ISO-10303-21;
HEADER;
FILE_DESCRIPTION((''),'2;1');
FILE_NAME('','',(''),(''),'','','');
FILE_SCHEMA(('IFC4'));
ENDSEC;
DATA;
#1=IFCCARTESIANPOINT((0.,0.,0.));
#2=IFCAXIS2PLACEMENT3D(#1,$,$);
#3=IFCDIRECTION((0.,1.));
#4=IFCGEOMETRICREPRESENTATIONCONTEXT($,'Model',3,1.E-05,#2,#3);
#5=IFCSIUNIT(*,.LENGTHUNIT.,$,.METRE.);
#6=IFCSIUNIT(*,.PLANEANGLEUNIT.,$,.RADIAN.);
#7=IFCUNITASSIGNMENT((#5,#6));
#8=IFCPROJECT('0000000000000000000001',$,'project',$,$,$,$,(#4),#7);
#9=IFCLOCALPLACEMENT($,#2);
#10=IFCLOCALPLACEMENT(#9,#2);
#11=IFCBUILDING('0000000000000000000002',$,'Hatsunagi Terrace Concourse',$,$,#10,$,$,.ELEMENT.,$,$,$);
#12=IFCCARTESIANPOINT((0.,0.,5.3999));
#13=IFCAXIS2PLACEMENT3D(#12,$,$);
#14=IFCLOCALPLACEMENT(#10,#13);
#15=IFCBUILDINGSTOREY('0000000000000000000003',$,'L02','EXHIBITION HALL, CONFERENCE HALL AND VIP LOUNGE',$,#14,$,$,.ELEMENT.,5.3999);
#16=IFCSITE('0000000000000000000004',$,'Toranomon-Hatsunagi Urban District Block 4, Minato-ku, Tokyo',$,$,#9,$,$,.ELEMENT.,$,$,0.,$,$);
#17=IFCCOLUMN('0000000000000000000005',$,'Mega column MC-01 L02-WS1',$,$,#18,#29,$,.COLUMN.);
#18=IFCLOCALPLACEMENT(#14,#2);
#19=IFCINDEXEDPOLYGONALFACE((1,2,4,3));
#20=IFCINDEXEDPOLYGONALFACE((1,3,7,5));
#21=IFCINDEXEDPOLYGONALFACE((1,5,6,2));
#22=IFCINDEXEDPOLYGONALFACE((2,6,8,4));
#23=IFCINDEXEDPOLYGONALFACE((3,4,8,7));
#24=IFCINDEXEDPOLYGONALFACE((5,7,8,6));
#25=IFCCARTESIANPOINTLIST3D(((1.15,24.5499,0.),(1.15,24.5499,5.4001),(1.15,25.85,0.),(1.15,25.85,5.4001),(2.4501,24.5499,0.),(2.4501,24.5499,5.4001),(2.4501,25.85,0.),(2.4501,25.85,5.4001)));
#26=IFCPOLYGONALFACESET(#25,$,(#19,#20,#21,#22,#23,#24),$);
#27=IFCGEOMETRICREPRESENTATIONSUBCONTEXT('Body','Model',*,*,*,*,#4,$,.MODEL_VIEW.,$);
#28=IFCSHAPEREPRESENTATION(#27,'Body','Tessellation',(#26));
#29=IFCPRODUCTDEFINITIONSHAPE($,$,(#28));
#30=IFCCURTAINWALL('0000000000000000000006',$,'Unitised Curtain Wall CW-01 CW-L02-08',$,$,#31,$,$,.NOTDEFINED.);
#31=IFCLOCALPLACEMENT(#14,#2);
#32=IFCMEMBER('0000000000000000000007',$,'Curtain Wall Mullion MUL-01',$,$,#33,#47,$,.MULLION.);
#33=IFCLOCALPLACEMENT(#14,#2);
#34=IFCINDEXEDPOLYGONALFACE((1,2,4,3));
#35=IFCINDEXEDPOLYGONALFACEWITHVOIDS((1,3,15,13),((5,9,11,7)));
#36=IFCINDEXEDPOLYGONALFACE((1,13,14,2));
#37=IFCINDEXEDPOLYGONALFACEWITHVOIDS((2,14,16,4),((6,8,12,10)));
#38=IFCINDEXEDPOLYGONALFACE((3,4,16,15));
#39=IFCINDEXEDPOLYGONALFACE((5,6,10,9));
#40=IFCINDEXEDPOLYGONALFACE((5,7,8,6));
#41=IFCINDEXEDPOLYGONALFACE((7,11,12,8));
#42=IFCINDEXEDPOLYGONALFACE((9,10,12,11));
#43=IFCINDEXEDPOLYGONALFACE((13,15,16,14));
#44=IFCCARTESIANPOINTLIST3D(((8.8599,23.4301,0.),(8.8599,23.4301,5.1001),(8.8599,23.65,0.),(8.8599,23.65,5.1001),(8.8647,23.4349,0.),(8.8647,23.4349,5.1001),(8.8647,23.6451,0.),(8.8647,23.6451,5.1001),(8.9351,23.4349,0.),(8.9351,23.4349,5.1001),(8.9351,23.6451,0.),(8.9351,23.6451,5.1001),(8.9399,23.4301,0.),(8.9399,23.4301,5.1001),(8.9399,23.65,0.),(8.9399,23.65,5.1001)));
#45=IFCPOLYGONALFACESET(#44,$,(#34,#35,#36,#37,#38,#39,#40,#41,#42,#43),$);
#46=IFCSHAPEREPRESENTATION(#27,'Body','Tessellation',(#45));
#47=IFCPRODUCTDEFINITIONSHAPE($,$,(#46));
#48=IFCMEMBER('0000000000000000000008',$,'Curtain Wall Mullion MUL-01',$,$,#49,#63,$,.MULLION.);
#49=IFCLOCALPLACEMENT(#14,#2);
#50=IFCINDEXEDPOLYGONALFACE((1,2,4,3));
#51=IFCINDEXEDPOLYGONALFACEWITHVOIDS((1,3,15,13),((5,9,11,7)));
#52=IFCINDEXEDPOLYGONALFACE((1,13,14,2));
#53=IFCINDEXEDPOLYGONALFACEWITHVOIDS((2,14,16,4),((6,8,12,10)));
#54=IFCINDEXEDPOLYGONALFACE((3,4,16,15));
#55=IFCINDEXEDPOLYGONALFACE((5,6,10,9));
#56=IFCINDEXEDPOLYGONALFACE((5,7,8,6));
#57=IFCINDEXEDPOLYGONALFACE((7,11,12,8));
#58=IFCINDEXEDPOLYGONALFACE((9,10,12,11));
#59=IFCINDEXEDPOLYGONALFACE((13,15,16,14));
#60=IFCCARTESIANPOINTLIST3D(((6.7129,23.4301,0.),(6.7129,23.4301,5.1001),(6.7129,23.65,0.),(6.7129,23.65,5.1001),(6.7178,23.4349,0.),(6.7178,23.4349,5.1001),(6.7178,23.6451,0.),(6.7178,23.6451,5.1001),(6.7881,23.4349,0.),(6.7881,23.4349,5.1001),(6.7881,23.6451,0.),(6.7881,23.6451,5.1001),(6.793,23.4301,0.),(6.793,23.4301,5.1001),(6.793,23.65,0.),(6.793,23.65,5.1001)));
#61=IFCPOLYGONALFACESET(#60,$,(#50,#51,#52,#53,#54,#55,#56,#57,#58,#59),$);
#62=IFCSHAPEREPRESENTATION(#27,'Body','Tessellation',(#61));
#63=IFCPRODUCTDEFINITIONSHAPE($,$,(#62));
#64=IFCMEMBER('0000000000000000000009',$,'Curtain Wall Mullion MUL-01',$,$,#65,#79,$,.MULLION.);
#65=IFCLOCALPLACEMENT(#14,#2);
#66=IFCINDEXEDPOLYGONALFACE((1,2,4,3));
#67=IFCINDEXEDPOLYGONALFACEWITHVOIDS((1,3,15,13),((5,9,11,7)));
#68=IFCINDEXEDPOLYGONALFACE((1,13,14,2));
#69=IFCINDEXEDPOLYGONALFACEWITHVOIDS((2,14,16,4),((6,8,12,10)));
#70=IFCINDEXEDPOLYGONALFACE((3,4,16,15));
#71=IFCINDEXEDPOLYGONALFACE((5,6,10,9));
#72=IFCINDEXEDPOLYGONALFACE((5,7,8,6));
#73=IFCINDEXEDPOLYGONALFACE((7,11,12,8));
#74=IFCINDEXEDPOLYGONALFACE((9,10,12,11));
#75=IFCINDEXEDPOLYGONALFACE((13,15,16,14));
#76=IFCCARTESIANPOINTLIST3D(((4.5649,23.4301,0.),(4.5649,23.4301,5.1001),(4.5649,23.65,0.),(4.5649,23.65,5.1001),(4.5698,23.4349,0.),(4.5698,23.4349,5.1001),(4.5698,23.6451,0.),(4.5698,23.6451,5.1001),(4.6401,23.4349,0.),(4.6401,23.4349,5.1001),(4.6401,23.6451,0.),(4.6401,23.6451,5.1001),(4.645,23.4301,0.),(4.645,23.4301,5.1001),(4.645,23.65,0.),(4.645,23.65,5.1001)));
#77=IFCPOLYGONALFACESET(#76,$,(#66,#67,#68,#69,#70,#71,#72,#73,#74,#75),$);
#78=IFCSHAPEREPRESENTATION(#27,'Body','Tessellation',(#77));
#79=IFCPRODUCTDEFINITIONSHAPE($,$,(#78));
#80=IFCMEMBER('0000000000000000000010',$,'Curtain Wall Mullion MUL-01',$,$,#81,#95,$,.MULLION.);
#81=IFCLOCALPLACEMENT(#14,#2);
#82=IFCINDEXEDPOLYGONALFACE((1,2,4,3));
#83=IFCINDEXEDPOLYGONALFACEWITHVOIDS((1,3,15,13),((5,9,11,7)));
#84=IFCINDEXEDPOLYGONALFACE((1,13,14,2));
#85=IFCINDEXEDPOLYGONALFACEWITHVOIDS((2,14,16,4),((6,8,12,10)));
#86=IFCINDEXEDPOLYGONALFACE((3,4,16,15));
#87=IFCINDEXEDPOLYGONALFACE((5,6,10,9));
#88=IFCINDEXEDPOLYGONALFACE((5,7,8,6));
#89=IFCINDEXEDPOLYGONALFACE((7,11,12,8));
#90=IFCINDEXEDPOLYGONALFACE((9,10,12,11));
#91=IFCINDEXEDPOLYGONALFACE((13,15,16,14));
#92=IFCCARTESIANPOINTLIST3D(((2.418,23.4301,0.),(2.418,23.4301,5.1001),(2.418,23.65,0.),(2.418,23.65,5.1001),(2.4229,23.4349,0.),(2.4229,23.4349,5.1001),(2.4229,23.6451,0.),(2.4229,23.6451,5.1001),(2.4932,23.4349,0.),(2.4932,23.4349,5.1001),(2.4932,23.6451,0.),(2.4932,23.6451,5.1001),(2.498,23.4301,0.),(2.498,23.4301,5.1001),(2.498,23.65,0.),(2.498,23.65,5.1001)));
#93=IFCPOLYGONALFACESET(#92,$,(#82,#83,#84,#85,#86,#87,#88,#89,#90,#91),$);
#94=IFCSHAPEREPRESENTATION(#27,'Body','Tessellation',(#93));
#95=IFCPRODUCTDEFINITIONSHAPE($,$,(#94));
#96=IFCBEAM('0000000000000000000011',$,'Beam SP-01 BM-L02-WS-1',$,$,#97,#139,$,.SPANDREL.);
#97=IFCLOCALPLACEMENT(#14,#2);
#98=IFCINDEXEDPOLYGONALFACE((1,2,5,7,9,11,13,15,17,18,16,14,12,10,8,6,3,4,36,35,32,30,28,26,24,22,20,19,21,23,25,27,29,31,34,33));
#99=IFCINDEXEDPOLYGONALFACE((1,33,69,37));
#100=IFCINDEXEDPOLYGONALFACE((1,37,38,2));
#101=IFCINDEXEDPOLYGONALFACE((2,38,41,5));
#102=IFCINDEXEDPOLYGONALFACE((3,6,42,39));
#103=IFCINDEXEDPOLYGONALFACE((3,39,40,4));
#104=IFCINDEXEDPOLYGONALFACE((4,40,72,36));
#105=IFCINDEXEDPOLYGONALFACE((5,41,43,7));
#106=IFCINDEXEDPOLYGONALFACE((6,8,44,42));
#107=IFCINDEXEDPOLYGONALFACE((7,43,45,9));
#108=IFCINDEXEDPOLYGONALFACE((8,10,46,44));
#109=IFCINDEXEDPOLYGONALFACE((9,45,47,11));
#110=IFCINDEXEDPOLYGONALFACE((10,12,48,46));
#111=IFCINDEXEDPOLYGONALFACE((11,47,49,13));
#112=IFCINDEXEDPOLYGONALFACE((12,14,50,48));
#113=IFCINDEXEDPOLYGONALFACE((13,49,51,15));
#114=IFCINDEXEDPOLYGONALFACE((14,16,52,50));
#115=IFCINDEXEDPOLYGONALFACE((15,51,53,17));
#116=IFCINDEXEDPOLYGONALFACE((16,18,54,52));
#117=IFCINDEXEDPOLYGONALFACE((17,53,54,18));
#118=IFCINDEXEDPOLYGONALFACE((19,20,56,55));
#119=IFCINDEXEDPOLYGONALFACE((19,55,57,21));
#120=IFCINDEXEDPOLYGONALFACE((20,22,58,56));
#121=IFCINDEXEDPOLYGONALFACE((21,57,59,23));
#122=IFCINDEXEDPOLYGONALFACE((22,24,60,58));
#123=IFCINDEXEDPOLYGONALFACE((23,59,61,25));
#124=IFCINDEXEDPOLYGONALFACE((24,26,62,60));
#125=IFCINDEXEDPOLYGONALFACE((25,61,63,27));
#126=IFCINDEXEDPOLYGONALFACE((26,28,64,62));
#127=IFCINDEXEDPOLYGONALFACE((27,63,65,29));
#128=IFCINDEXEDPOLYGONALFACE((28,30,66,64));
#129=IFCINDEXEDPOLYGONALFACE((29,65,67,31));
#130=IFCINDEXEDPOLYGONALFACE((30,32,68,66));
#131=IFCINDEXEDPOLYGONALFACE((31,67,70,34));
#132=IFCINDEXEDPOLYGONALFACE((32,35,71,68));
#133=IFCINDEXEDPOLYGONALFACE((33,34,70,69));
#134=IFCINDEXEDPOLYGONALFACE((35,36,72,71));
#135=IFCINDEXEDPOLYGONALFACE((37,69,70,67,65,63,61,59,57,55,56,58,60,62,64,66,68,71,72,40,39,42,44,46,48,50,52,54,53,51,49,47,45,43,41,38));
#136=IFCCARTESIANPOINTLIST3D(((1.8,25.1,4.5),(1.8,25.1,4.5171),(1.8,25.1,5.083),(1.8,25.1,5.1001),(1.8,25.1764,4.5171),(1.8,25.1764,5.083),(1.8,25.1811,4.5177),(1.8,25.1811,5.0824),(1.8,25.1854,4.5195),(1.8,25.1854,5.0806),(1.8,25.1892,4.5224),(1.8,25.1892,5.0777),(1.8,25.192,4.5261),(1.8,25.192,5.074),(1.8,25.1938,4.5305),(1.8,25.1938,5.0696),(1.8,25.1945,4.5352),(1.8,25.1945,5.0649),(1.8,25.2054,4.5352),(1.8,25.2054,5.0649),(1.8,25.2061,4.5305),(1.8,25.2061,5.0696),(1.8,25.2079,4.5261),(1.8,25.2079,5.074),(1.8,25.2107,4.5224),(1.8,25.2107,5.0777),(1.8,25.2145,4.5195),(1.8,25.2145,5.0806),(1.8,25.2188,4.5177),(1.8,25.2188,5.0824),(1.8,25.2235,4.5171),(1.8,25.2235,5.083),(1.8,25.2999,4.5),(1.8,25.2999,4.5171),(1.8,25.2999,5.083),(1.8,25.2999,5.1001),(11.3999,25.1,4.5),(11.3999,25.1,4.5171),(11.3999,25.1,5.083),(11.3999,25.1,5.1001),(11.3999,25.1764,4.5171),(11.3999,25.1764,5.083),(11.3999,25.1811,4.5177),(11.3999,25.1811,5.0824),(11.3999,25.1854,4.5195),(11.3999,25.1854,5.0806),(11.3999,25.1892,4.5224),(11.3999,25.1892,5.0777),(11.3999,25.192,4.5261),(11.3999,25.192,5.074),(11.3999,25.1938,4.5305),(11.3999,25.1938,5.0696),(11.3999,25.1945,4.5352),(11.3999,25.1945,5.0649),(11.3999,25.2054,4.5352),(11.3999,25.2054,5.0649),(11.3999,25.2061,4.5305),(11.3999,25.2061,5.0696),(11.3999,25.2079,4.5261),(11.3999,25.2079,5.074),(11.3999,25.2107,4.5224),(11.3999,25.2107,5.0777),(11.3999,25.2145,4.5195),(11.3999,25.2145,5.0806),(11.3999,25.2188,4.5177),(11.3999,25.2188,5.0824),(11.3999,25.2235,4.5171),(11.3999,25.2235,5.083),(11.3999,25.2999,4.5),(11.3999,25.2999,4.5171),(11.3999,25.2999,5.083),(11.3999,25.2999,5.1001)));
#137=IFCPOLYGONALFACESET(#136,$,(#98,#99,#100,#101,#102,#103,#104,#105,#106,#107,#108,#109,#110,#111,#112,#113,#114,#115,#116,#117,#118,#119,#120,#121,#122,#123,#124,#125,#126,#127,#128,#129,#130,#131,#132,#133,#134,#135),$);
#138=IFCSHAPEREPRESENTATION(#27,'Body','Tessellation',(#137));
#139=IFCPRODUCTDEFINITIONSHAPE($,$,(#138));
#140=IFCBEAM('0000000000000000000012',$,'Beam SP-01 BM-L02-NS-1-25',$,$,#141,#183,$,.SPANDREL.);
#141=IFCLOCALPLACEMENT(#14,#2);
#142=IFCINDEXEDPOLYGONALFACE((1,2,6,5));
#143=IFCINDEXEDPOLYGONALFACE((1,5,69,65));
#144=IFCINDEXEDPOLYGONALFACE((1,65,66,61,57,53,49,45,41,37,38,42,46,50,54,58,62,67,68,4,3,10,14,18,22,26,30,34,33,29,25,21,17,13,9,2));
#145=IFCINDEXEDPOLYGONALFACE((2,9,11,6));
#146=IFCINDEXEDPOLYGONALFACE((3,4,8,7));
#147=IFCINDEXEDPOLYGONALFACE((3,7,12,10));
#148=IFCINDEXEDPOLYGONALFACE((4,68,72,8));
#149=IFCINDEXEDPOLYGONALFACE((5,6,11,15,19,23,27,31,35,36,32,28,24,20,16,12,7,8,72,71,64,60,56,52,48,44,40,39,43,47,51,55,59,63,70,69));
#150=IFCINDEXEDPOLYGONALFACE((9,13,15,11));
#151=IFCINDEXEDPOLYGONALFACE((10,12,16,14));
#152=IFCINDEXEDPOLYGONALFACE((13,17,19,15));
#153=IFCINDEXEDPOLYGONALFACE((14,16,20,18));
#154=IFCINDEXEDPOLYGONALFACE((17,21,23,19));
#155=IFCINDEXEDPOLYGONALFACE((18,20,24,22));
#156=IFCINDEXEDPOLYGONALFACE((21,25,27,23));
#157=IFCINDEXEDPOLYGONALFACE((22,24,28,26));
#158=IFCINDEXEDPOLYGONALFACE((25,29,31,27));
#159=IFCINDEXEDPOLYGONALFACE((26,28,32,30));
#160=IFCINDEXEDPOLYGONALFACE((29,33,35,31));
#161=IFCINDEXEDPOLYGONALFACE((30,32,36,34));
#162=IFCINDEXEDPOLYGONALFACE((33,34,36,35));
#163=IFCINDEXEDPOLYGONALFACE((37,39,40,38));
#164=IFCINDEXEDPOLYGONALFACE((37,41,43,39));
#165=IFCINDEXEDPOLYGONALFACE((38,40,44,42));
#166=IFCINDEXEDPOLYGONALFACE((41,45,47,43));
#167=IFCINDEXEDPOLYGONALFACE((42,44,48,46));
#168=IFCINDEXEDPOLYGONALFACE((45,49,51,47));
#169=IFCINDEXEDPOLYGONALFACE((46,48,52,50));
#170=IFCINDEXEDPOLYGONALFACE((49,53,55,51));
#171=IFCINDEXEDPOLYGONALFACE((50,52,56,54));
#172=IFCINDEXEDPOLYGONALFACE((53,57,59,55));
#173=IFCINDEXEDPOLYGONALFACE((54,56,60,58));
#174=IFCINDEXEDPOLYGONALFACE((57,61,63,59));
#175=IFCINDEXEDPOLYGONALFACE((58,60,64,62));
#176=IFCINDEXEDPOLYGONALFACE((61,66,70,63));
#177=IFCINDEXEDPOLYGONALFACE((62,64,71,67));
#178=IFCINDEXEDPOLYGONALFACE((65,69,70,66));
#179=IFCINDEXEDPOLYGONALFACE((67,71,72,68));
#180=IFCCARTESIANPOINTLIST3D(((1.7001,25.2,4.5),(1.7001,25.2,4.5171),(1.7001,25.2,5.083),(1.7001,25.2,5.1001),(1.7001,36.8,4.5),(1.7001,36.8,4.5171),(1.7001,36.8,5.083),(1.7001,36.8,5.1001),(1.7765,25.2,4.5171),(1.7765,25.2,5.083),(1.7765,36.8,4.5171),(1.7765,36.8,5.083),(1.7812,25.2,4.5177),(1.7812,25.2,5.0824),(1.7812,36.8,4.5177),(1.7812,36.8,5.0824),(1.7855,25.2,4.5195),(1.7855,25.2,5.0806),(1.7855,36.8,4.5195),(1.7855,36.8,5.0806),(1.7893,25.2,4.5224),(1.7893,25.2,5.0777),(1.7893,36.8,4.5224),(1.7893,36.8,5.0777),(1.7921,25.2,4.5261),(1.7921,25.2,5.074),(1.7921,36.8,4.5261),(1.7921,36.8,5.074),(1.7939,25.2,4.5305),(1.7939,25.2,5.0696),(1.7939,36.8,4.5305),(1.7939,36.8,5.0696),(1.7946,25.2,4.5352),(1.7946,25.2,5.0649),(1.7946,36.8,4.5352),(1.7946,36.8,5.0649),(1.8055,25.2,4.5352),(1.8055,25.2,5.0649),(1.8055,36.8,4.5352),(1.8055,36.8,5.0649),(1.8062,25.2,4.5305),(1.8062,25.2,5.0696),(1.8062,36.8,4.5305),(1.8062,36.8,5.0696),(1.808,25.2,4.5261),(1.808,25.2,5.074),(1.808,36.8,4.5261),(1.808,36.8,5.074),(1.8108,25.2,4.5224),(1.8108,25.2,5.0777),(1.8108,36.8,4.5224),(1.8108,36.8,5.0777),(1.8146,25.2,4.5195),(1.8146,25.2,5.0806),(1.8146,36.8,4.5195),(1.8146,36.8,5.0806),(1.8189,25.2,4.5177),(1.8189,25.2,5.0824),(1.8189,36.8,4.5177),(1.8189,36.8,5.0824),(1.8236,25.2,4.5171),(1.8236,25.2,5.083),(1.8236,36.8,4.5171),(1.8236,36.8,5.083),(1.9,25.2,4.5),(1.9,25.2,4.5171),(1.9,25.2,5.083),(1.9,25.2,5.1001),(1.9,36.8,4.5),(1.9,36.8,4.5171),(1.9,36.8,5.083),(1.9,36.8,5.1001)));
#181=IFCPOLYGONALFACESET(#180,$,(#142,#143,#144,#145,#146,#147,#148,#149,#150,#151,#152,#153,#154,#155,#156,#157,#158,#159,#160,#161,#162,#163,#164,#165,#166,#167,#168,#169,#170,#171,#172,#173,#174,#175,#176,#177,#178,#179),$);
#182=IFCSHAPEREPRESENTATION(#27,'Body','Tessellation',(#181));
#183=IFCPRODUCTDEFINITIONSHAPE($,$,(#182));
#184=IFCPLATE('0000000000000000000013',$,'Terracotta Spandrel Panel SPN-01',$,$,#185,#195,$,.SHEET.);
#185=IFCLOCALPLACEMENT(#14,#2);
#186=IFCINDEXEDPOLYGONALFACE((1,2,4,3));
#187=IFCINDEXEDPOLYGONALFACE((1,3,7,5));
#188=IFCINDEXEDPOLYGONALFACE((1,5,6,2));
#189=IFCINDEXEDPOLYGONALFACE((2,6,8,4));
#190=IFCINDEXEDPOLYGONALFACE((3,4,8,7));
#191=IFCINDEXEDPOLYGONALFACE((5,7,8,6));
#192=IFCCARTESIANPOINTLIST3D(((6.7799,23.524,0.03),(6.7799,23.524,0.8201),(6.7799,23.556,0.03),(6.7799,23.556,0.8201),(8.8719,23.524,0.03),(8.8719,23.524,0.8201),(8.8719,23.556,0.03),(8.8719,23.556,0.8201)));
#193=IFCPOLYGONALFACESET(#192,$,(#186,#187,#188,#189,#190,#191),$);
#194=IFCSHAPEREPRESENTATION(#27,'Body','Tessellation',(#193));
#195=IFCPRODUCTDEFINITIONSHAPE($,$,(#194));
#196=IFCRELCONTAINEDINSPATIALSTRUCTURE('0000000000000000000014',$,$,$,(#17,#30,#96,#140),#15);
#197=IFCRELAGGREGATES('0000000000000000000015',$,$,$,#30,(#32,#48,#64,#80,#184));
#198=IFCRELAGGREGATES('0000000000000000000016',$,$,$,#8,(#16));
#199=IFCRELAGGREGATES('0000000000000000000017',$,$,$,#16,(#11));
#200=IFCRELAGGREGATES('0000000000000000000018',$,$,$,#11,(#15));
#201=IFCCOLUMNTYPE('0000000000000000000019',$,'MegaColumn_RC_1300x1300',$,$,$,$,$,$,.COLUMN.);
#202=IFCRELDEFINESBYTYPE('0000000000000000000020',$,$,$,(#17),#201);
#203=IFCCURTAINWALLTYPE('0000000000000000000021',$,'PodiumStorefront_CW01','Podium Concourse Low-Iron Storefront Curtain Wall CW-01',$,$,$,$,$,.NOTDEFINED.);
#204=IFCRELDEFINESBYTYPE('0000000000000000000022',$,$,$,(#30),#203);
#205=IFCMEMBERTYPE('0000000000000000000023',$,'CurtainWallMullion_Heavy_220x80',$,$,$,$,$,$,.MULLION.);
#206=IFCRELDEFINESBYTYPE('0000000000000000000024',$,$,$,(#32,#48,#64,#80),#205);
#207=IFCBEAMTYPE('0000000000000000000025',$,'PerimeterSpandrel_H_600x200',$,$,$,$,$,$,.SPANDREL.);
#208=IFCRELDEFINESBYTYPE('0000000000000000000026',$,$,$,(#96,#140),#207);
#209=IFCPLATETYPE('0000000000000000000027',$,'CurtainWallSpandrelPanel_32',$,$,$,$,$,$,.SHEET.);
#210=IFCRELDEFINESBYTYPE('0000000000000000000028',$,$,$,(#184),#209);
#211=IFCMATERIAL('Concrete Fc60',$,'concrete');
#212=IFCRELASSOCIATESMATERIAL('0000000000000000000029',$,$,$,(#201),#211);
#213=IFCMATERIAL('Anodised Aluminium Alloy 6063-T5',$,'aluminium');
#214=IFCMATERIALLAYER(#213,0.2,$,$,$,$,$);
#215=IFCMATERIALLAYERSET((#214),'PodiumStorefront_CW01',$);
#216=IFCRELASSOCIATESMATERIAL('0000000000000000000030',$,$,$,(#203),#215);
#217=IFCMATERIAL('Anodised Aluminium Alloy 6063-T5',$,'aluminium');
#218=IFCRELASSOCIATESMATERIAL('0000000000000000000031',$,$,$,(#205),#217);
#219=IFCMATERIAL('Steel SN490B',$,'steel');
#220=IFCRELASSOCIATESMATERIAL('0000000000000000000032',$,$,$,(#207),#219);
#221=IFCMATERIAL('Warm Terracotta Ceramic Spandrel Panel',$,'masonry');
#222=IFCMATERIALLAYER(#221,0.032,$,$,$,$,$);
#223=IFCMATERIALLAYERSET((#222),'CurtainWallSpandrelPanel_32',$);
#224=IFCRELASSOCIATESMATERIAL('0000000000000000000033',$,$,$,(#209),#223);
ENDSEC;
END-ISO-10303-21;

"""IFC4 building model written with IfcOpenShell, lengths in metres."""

from ifc_helpers import new_model, si_unit, direction, frame, origin, origin_2d, place, context, subcontext, project, spatial, rectangle, hollow_rectangle, i_section, extrude, material, layer, layer_set, material_profile, profile_set, type_object, element, aggregate, save


model = new_model("IFC4")

# Units and contexts
model_context = context("Model", 3, precision=1e-05, world=origin(), true_north=direction((0.0, 1.0)))
body_context = subcontext(model_context, "Body", "Model", "MODEL_VIEW")
ifc_project = project(units=[si_unit("LENGTHUNIT", "METRE"), si_unit("PLANEANGLEUNIT", "RADIAN")], contexts=[model_context])

# Site, building, storey
site_placement = place(None, origin())
site = spatial("IfcSite", under=ifc_project, at=site_placement, Name="Toranomon-Hatsunagi Urban District Block 4, Minato-ku, Tokyo", CompositionType="ELEMENT", RefElevation=0.0)
building_placement = place(site_placement, origin())
building = spatial("IfcBuilding", under=site, at=building_placement, Name="Hatsunagi Terrace Concourse", CompositionType="ELEMENT")
storey_placement = place(building_placement, frame((0.0, 0.0, 5.3999)))
storey = spatial("IfcBuildingStorey", under=building, at=storey_placement, Name="L02", Description="EXHIBITION HALL, CONFERENCE HALL AND VIP LOUNGE", CompositionType="ELEMENT", Elevation=5.3999)

# Column
ifc_material_1 = material(Name="Concrete Fc60", Category="concrete")
ifc_material_profile_1 = material_profile(ifc_material_1, rectangle(XDim=1.3, YDim=1.3, at=origin_2d()), Name="RC-1300x1300")
ifc_profile_set_1 = profile_set([ifc_material_profile_1], Name="Concrete Fc60")
column_type = type_object("IfcColumnType", Name="MegaColumn_RC_1300x1300", PredefinedType="COLUMN", material=ifc_profile_set_1)
column_placement = place(storey_placement, frame((1.8, 25.2, 0.0), z_axis=(0.0, 0.0, 1.0), x_axis=(1.0, 0.0, 0.0)))
element("IfcColumn", 1, at=column_placement, inside=storey, type_object=column_type, Name="Mega column MC-01 L02-WS1", PredefinedType="COLUMN", context=body_context, shape_type="SweptSolid", body=[
    extrude(rectangle(XDim=1.3, YDim=1.3, at=origin_2d()), origin(), (0.0, 0.0, 1.0), 5.4001),
])

# Curtain wall, members
ifc_material_2 = material(Name="Anodised Aluminium Alloy 6063-T5", Category="aluminium")
ifc_layer_1 = layer(ifc_material_2, 0.2)
ifc_layer_set_1 = layer_set([ifc_layer_1], Name="PodiumStorefront_CW01")
curtain_wall_type = type_object("IfcCurtainWallType", Name="PodiumStorefront_CW01", Description="Podium Concourse Low-Iron Storefront Curtain Wall CW-01", PredefinedType="NOTDEFINED", material=ifc_layer_set_1)
curtain_wall_placement = place(storey_placement, origin())
curtain_wall = element("IfcCurtainWall", 2, at=curtain_wall_placement, inside=storey, type_object=curtain_wall_type, Name="Unitised Curtain Wall CW-01 CW-L02-08", PredefinedType="NOTDEFINED")
ifc_material_3 = material(Name="Anodised Aluminium Alloy 6063-T5", Category="aluminium")
ifc_material_profile_2 = material_profile(ifc_material_3, hollow_rectangle(XDim=0.0801, YDim=0.22, WallThickness=0.0049, at=origin_2d()), Name="ALU-MUL-220x80x5")
ifc_profile_set_2 = profile_set([ifc_material_profile_2], Name="Anodised Aluminium Alloy 6063-T5")
member_type = type_object("IfcMemberType", Name="CurtainWallMullion_Heavy_220x80", PredefinedType="MULLION", material=ifc_profile_set_2)
member_1_placement = place(storey_placement, frame((8.8999, 23.54, 0.0), z_axis=(0.0, 0.0, 1.0), x_axis=(-1.0, 0.0, 0.0)))
member_1 = element("IfcMember", 3, at=member_1_placement, type_object=member_type, Name="Curtain Wall Mullion MUL-01", PredefinedType="MULLION", context=body_context, shape_type="SweptSolid", body=[
    extrude(hollow_rectangle(XDim=0.0801, YDim=0.22, WallThickness=0.0049, at=origin_2d()), origin(), (0.0, 0.0, 1.0), 5.1001),
])
member_2_placement = place(storey_placement, frame((6.7529, 23.54, 0.0), z_axis=(0.0, 0.0, 1.0), x_axis=(-1.0, 0.0, 0.0)))
member_2 = element("IfcMember", 4, at=member_2_placement, type_object=member_type, Name="Curtain Wall Mullion MUL-01", PredefinedType="MULLION", context=body_context, shape_type="SweptSolid", body=[
    extrude(hollow_rectangle(XDim=0.0801, YDim=0.22, WallThickness=0.0049, at=origin_2d()), origin(), (0.0, 0.0, 1.0), 5.1001),
])
member_3_placement = place(storey_placement, frame((4.605, 23.54, 0.0), z_axis=(0.0, 0.0, 1.0), x_axis=(-1.0, 0.0, 0.0)))
member_3 = element("IfcMember", 5, at=member_3_placement, type_object=member_type, Name="Curtain Wall Mullion MUL-01", PredefinedType="MULLION", context=body_context, shape_type="SweptSolid", body=[
    extrude(hollow_rectangle(XDim=0.0801, YDim=0.22, WallThickness=0.0049, at=origin_2d()), origin(), (0.0, 0.0, 1.0), 5.1001),
])
member_4_placement = place(storey_placement, frame((2.458, 23.54, 0.0), z_axis=(0.0, 0.0, 1.0), x_axis=(-1.0, 0.0, 0.0)))
member_4 = element("IfcMember", 6, at=member_4_placement, type_object=member_type, Name="Curtain Wall Mullion MUL-01", PredefinedType="MULLION", context=body_context, shape_type="SweptSolid", body=[
    extrude(hollow_rectangle(XDim=0.0801, YDim=0.22, WallThickness=0.0049, at=origin_2d()), origin(), (0.0, 0.0, 1.0), 5.1001),
])

# Beams
ifc_material_4 = material(Name="Steel SN490B", Category="steel")
ifc_material_profile_3 = material_profile(ifc_material_4, i_section(OverallWidth=0.2, OverallDepth=0.6001, WebThickness=0.011, FlangeThickness=0.0171, FilletRadius=0.0181, at=origin_2d()), Name="H-600x200x11x17")
ifc_profile_set_3 = profile_set([ifc_material_profile_3], Name="Steel SN490B")
beam_type = type_object("IfcBeamType", Name="PerimeterSpandrel_H_600x200", PredefinedType="SPANDREL", material=ifc_profile_set_3)
beam_1_placement = place(storey_placement, frame((1.8, 25.2, 4.8), z_axis=(1.0, 0.0, 0.0), x_axis=(0.0, 1.0, 0.0)))
element("IfcBeam", 7, at=beam_1_placement, inside=storey, type_object=beam_type, Name="Beam SP-01 BM-L02-WS-1", PredefinedType="SPANDREL", context=body_context, shape_type="SweptSolid", body=[
    extrude(i_section(OverallWidth=0.2, OverallDepth=0.6001, WebThickness=0.011, FlangeThickness=0.0171, FilletRadius=0.0181, at=origin_2d()), origin(), (0.0, 0.0, 1.0), 9.5999),
])
beam_2_placement = place(storey_placement, frame((1.8, 25.2, 4.8), z_axis=(0.0, 1.0, 0.0), x_axis=(-1.0, 0.0, 0.0)))
element("IfcBeam", 8, at=beam_2_placement, inside=storey, type_object=beam_type, Name="Beam SP-01 BM-L02-NS-1-25", PredefinedType="SPANDREL", context=body_context, shape_type="SweptSolid", body=[
    extrude(i_section(OverallWidth=0.2, OverallDepth=0.6001, WebThickness=0.011, FlangeThickness=0.0171, FilletRadius=0.0181, at=origin_2d()), origin(), (0.0, 0.0, 1.0), 11.6001),
])

# Plate
ifc_material_5 = material(Name="Warm Terracotta Ceramic Spandrel Panel", Category="masonry")
ifc_layer_2 = layer(ifc_material_5, 0.032)
ifc_layer_set_2 = layer_set([ifc_layer_2], Name="CurtainWallSpandrelPanel_32")
plate_type_1 = type_object("IfcPlateType", Name="CurtainWallSpandrelPanel_32", PredefinedType="SHEET", material=ifc_layer_set_2)
plate_1_placement = place(storey_placement, frame((7.8259, 23.54, 0.03), z_axis=(0.0, 0.0, 1.0), x_axis=(-1.0, 0.0, 0.0)))
plate_1 = element("IfcPlate", 9, at=plate_1_placement, type_object=plate_type_1, Name="Terracotta Spandrel Panel SPN-01", PredefinedType="SHEET", context=body_context, shape_type="SweptSolid", body=[
    extrude(rectangle(XDim=2.092, YDim=0.032, at=origin_2d()), origin(), (0.0, 0.0, 1.0), 0.79),
])
aggregate(curtain_wall, [member_1, member_2, member_3, member_4, plate_1])

save(model, "model.ifc")
